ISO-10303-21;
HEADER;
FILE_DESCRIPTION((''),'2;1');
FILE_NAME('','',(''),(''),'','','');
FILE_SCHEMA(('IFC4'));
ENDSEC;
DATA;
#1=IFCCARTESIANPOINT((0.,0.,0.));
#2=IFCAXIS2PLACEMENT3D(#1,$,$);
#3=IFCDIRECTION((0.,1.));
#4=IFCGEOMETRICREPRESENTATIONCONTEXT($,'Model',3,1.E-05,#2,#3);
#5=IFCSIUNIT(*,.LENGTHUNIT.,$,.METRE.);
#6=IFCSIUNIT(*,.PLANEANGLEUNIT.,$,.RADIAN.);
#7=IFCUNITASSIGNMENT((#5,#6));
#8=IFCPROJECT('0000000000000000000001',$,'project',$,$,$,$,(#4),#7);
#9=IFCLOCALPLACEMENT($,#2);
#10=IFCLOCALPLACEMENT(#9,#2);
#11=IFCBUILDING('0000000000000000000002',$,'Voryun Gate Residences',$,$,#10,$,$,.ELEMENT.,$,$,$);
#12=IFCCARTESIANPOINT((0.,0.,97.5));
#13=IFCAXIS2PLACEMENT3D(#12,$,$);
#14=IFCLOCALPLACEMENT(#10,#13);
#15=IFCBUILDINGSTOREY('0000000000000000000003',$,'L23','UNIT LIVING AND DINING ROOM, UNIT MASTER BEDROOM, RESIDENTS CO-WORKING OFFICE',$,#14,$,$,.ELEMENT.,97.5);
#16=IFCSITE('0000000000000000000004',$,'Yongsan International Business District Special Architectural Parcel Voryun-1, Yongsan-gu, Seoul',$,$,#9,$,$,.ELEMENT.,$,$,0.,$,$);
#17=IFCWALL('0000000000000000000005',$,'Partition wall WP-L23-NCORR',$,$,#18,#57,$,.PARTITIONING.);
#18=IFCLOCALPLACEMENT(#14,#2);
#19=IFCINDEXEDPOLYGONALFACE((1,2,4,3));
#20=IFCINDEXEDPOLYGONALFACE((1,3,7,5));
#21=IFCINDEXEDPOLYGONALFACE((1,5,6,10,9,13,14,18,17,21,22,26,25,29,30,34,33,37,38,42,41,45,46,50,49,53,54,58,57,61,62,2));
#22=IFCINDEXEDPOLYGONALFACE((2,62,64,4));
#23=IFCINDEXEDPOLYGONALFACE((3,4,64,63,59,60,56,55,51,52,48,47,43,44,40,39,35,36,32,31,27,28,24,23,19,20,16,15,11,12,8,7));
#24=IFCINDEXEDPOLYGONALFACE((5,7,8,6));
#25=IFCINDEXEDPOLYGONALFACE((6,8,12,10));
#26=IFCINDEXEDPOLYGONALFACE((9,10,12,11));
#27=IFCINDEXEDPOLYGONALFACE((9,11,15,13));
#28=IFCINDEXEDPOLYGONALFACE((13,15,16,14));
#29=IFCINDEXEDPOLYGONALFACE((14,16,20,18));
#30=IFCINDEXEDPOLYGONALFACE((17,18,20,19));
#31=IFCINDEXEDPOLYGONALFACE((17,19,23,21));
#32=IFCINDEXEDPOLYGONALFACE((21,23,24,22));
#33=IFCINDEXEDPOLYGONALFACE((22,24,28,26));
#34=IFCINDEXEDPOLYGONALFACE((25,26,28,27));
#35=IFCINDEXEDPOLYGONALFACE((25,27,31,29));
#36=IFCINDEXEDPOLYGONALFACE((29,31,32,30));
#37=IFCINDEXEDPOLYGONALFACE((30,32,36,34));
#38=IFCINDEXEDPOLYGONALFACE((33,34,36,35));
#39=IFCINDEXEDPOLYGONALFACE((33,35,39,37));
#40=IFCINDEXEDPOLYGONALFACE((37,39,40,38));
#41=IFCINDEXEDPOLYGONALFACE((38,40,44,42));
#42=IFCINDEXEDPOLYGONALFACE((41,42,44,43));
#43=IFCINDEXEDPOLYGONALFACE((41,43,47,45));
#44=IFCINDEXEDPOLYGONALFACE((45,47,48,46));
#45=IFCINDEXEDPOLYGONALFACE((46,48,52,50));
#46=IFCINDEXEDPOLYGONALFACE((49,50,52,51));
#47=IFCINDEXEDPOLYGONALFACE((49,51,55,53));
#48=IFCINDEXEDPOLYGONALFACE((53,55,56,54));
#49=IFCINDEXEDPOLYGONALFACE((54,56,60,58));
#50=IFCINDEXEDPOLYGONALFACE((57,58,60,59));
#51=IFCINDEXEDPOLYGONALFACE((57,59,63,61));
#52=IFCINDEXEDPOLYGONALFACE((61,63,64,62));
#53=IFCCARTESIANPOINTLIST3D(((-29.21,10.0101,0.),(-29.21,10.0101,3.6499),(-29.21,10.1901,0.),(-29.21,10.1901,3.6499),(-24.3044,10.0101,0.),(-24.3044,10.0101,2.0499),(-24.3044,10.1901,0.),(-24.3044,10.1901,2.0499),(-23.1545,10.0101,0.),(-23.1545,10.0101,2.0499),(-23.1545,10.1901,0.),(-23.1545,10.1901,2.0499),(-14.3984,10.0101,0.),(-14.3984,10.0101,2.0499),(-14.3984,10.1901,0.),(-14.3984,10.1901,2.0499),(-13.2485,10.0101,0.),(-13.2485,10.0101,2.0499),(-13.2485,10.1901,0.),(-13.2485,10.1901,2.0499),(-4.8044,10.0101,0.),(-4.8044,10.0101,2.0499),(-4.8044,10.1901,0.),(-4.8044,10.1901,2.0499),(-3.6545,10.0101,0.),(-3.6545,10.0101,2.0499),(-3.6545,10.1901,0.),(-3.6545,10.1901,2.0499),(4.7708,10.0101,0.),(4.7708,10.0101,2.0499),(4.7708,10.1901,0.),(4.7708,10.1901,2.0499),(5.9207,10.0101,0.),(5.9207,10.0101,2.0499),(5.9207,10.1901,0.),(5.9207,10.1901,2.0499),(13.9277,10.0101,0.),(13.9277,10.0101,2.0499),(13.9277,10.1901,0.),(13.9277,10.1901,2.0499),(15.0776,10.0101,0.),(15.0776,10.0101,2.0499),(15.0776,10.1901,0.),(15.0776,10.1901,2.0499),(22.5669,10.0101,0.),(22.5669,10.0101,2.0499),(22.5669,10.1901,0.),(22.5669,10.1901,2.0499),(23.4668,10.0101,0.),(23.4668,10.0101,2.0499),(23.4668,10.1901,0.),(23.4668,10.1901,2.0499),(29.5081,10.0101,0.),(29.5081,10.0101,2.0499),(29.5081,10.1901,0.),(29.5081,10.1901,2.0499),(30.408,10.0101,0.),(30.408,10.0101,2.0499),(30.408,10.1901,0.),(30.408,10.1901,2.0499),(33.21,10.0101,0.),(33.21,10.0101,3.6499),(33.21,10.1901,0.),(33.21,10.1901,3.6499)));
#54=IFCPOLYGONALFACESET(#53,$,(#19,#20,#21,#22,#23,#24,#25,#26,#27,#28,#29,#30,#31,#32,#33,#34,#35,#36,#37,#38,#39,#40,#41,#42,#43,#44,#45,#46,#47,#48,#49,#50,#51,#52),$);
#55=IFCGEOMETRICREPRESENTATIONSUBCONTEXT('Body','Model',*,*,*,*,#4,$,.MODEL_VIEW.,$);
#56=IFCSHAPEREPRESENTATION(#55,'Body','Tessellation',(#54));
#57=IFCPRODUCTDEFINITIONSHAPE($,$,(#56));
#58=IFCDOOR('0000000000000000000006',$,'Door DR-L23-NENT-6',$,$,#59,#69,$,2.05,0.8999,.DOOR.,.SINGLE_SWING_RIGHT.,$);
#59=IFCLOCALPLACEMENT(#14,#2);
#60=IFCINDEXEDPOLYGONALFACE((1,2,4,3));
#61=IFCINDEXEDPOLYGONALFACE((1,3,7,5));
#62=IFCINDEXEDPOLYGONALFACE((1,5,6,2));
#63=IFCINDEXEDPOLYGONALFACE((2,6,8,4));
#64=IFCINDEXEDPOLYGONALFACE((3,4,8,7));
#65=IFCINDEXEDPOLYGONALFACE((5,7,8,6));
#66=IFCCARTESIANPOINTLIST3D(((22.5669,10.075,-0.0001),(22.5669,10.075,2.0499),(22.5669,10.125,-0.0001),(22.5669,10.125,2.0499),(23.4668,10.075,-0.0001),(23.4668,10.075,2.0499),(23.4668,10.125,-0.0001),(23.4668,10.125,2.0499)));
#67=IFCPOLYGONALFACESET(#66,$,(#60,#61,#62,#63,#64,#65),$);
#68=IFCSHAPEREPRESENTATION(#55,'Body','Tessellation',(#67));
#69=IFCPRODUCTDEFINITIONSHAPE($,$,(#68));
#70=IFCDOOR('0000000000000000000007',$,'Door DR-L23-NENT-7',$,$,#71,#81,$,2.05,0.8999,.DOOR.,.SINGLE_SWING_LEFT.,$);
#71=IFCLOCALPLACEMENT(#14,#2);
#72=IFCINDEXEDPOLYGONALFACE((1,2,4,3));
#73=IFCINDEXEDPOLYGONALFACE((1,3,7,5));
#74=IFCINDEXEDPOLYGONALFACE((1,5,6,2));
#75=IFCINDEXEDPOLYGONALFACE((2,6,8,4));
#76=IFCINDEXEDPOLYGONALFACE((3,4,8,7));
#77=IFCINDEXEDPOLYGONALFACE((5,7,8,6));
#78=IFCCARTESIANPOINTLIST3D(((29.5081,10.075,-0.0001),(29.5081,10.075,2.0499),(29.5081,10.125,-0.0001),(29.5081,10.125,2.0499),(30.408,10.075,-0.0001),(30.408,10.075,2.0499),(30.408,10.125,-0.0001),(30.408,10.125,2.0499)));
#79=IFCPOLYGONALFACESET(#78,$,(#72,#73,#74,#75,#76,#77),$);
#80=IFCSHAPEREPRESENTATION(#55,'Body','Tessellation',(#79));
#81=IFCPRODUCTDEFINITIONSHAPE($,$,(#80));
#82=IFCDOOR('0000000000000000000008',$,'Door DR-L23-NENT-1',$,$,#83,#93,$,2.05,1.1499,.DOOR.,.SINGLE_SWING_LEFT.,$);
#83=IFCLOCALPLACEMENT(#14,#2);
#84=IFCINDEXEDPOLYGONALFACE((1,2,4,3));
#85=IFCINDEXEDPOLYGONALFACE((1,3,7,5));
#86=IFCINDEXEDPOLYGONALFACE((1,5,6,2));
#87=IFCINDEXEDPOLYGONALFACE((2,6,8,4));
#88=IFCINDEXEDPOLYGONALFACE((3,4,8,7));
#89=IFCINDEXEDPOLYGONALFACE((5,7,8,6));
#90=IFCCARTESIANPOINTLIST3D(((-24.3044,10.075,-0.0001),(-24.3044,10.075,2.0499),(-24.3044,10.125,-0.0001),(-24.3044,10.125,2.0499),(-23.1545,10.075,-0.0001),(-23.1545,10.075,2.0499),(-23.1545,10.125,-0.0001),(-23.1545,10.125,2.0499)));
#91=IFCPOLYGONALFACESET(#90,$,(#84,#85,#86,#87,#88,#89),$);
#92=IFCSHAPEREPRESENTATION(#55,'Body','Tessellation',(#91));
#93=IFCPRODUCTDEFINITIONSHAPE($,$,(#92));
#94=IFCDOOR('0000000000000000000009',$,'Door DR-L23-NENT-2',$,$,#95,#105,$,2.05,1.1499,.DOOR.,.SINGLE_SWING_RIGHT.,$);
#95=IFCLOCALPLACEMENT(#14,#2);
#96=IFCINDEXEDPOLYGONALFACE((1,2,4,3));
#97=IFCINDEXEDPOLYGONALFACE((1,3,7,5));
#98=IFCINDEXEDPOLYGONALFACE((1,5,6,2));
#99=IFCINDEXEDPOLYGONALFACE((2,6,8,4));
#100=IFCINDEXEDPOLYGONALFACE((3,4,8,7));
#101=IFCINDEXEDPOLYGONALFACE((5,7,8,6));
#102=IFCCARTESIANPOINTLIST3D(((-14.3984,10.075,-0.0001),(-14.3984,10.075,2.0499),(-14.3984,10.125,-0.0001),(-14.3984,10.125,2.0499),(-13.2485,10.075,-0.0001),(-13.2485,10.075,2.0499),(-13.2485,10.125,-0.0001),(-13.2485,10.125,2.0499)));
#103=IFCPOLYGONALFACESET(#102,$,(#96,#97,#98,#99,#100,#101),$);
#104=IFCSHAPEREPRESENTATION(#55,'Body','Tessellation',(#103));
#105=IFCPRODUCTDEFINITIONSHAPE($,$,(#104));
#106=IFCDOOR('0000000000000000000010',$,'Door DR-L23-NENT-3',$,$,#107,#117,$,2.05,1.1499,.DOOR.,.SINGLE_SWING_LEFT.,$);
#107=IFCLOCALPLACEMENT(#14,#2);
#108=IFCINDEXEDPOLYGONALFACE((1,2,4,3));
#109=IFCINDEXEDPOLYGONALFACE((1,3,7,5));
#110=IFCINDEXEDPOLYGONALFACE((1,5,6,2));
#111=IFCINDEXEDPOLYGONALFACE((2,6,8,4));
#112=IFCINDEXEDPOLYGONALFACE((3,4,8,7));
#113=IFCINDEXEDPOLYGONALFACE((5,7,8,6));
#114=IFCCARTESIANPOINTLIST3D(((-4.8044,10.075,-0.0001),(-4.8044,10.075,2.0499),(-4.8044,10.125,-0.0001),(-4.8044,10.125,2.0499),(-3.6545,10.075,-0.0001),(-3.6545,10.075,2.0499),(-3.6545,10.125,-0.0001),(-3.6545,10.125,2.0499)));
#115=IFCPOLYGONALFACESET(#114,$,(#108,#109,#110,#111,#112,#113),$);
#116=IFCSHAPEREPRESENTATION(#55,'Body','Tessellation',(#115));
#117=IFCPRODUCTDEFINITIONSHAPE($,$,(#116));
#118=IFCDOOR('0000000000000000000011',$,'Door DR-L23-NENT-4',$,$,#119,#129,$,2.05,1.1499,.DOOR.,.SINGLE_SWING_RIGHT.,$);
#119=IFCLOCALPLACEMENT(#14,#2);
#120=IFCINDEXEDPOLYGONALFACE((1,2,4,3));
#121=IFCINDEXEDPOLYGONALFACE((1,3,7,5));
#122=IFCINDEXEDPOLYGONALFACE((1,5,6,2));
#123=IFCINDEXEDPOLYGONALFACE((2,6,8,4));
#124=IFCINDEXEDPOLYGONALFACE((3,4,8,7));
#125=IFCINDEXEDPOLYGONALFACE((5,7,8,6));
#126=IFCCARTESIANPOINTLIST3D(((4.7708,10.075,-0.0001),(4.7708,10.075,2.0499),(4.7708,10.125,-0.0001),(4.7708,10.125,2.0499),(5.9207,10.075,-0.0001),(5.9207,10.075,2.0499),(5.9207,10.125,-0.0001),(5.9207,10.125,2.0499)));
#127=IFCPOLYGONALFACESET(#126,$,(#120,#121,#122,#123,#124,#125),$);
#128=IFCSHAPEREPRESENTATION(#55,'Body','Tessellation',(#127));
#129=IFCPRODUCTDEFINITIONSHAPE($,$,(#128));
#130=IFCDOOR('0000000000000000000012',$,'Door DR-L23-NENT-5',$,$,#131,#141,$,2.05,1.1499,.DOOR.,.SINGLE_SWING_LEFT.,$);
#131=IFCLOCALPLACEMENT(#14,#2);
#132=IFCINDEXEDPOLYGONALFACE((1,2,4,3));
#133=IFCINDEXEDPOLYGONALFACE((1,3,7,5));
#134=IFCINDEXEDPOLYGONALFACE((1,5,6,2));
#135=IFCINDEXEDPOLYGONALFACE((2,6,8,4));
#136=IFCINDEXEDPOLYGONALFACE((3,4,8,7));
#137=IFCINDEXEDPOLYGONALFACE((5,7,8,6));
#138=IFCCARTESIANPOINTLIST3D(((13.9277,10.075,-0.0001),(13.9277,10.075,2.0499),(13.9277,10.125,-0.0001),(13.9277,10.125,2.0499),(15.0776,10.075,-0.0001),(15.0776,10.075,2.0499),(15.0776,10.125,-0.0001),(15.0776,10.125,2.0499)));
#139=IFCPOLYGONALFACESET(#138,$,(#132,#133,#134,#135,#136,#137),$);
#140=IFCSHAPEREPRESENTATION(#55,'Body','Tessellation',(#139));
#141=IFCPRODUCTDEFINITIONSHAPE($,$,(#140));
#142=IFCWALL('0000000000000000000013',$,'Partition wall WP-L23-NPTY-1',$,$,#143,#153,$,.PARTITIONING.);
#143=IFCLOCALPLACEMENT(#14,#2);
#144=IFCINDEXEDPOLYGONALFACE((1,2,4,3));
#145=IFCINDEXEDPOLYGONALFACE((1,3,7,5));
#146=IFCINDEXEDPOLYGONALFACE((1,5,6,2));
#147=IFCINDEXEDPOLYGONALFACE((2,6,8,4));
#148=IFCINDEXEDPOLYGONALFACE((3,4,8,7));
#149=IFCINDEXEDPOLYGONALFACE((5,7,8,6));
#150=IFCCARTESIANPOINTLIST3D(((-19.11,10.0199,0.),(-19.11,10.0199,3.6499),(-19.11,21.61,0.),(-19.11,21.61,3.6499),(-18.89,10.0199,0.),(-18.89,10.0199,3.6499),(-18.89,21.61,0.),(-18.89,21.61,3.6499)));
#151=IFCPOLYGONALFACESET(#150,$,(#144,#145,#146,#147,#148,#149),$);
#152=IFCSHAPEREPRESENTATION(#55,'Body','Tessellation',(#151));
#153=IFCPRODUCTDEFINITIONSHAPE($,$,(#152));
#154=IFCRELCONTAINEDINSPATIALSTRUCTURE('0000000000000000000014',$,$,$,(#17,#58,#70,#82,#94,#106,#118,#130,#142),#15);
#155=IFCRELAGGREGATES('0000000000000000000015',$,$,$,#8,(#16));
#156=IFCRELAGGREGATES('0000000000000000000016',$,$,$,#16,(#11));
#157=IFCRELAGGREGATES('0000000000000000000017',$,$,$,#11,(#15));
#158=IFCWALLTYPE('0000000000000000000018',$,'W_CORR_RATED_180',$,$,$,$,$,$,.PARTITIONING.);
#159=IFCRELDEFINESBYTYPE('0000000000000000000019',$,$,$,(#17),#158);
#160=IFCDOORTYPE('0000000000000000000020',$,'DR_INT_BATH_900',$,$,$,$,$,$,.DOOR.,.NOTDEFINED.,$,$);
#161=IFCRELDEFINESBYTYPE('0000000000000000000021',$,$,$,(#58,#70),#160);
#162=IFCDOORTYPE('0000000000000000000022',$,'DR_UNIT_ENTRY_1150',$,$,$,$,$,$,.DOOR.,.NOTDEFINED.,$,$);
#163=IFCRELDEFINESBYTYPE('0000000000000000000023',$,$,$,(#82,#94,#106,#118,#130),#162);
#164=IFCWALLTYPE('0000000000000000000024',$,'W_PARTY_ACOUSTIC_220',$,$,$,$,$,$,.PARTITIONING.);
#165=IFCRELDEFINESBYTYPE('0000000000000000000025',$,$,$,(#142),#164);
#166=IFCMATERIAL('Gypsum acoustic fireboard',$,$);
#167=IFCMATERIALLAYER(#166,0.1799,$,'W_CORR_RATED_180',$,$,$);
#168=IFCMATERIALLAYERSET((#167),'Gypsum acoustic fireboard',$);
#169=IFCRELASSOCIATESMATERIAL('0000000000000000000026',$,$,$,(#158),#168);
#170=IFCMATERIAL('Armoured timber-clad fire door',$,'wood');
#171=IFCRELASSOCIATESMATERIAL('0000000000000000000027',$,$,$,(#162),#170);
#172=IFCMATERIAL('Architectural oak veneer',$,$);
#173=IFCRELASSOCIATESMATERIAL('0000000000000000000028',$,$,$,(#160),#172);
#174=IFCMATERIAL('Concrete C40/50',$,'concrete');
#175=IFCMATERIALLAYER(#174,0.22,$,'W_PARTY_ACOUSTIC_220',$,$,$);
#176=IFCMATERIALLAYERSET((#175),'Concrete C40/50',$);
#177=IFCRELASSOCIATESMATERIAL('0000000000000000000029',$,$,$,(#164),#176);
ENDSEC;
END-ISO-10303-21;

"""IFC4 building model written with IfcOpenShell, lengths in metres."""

from ifc_helpers import new_model, si_unit, direction, frame, frame_2d, origin, place, context, subcontext, project, spatial, rectangle, extrude, material, layer, layer_set, type_object, element, fill, save


model = new_model("IFC4")

# Units and contexts
model_context = context("Model", 3, precision=1e-05, world=origin(), true_north=direction((0.0, 1.0)))
body_context = subcontext(model_context, "Body", "Model", "MODEL_VIEW")
ifc_project = project(units=[si_unit("LENGTHUNIT", "METRE"), si_unit("PLANEANGLEUNIT", "RADIAN")], contexts=[model_context])

# Site, building, storey
site_placement = place(None, origin())
site = spatial("IfcSite", under=ifc_project, at=site_placement, Name="Yongsan International Business District Special Architectural Parcel Voryun-1, Yongsan-gu, Seoul", CompositionType="ELEMENT", RefElevation=0.0)
building_placement = place(site_placement, origin())
building = spatial("IfcBuilding", under=site, at=building_placement, Name="Voryun Gate Residences", CompositionType="ELEMENT")
storey_placement = place(building_placement, frame((0.0, 0.0, 97.5)))
storey = spatial("IfcBuildingStorey", under=building, at=storey_placement, Name="L23", Description="UNIT LIVING AND DINING ROOM, UNIT MASTER BEDROOM, RESIDENTS CO-WORKING OFFICE", CompositionType="ELEMENT", Elevation=97.5)

# Shared definitions
ifc_material_1 = material(Name="Gypsum acoustic fireboard")
ifc_layer_1 = layer(ifc_material_1, 0.1799, Name="W_CORR_RATED_180")
ifc_layer_set_1 = layer_set([ifc_layer_1], Name="Gypsum acoustic fireboard")
wall_type_1 = type_object("IfcWallType", Name="W_CORR_RATED_180", PredefinedType="PARTITIONING", material=ifc_layer_set_1)
ifc_material_2 = material(Name="Armoured timber-clad fire door", Category="wood")
door_type_1 = type_object("IfcDoorType", Name="DR_UNIT_ENTRY_1150", OperationType="NOTDEFINED", PredefinedType="DOOR", material=ifc_material_2)

# Wall, openings, doors
wall_1_placement = place(storey_placement, frame((-29.21, 10.1001, 0.0), z_axis=(0.0, 0.0, 1.0), x_axis=(1.0, 0.0, 0.0)))
wall_1 = element("IfcWall", 1, at=wall_1_placement, inside=storey, type_object=wall_type_1, Name="Partition wall WP-L23-NCORR", PredefinedType="PARTITIONING", context=body_context, shape_type="SweptSolid", body=[
    extrude(rectangle(XDim=62.4199, YDim=0.1799, at=frame_2d((31.21, 0.0))), origin(), (0.0, 0.0, 1.0), 3.6499),
])
opening_1_placement = place(wall_1_placement, frame((4.9055, 0.0, 0.0)))
opening_1 = element("IfcOpeningElement", 2, at=opening_1_placement, cuts=wall_1, PredefinedType="OPENING", context=body_context, shape_type="SweptSolid", body=[
    extrude(rectangle(XDim=1.1499, YDim=2.05, at=frame_2d((0.575, 1.0249))), frame((0.0, 0.0999, 0.0), z_axis=(0.0, -1.0, 0.0), x_axis=(1.0, 0.0, 0.0)), (0.0, 0.0, 1.0), 0.2),
])
opening_2_placement = place(wall_1_placement, frame((14.8115, 0.0, 0.0)))
opening_2 = element("IfcOpeningElement", 3, at=opening_2_placement, cuts=wall_1, PredefinedType="OPENING", context=body_context, shape_type="SweptSolid", body=[
    extrude(rectangle(XDim=1.1499, YDim=2.05, at=frame_2d((0.575, 1.0249))), frame((0.0, 0.0999, 0.0), z_axis=(0.0, -1.0, 0.0), x_axis=(1.0, 0.0, 0.0)), (0.0, 0.0, 1.0), 0.2),
])
opening_3_placement = place(wall_1_placement, frame((24.4055, 0.0, 0.0)))
opening_3 = element("IfcOpeningElement", 4, at=opening_3_placement, cuts=wall_1, PredefinedType="OPENING", context=body_context, shape_type="SweptSolid", body=[
    extrude(rectangle(XDim=1.1499, YDim=2.05, at=frame_2d((0.575, 1.0249))), frame((0.0, 0.0999, 0.0), z_axis=(0.0, -1.0, 0.0), x_axis=(1.0, 0.0, 0.0)), (0.0, 0.0, 1.0), 0.2),
])
opening_4_placement = place(wall_1_placement, frame((33.9807, 0.0, 0.0)))
opening_4 = element("IfcOpeningElement", 5, at=opening_4_placement, cuts=wall_1, PredefinedType="OPENING", context=body_context, shape_type="SweptSolid", body=[
    extrude(rectangle(XDim=1.1499, YDim=2.05, at=frame_2d((0.575, 1.0249))), frame((0.0, 0.0999, 0.0), z_axis=(0.0, -1.0, 0.0), x_axis=(1.0, 0.0, 0.0)), (0.0, 0.0, 1.0), 0.2),
])
opening_5_placement = place(wall_1_placement, frame((43.1377, 0.0, 0.0)))
opening_5 = element("IfcOpeningElement", 6, at=opening_5_placement, cuts=wall_1, PredefinedType="OPENING", context=body_context, shape_type="SweptSolid", body=[
    extrude(rectangle(XDim=1.1499, YDim=2.05, at=frame_2d((0.575, 1.0249))), frame((0.0, 0.0999, 0.0), z_axis=(0.0, -1.0, 0.0), x_axis=(1.0, 0.0, 0.0)), (0.0, 0.0, 1.0), 0.2),
])
opening_6_placement = place(wall_1_placement, frame((51.7769, 0.0, 0.0)))
opening_6 = element("IfcOpeningElement", 7, at=opening_6_placement, cuts=wall_1, PredefinedType="OPENING", context=body_context, shape_type="SweptSolid", body=[
    extrude(rectangle(XDim=0.8999, YDim=2.05, at=frame_2d((0.45, 1.0249))), frame((0.0, 0.0999, 0.0), z_axis=(0.0, -1.0, 0.0), x_axis=(1.0, 0.0, 0.0)), (0.0, 0.0, 1.0), 0.2),
])
opening_7_placement = place(wall_1_placement, frame((58.718, 0.0, 0.0)))
opening_7 = element("IfcOpeningElement", 8, at=opening_7_placement, cuts=wall_1, PredefinedType="OPENING", context=body_context, shape_type="SweptSolid", body=[
    extrude(rectangle(XDim=0.8999, YDim=2.05, at=frame_2d((0.45, 1.0249))), frame((0.0, 0.0999, 0.0), z_axis=(0.0, -1.0, 0.0), x_axis=(1.0, 0.0, 0.0)), (0.0, 0.0, 1.0), 0.2),
])
ifc_material_3 = material(Name="Architectural oak veneer")
door_type_2 = type_object("IfcDoorType", Name="DR_INT_BATH_900", OperationType="NOTDEFINED", PredefinedType="DOOR", material=ifc_material_3)
door_1_placement = place(opening_6_placement, origin())
door_1 = element("IfcDoor", 9, at=door_1_placement, inside=storey, type_object=door_type_2, Name="Door DR-L23-NENT-6", OperationType="SINGLE_SWING_RIGHT", OverallHeight=2.05, OverallWidth=0.8999, PredefinedType="DOOR", context=body_context, shape_type="SweptSolid", body=[
    extrude(rectangle(XDim=0.8999, YDim=2.05, at=frame_2d((0.45, 1.0249))), frame((0.0, 0.0249, 0.0), z_axis=(0.0, -1.0, 0.0), x_axis=(1.0, 0.0, 0.0)), (0.0, 0.0, 1.0), 0.05),
])
fill(opening_6, door_1)
door_2_placement = place(opening_7_placement, origin())
door_2 = element("IfcDoor", 10, at=door_2_placement, inside=storey, type_object=door_type_2, Name="Door DR-L23-NENT-7", OperationType="SINGLE_SWING_LEFT", OverallHeight=2.05, OverallWidth=0.8999, PredefinedType="DOOR", context=body_context, shape_type="SweptSolid", body=[
    extrude(rectangle(XDim=0.8999, YDim=2.05, at=frame_2d((0.45, 1.0249))), frame((0.0, 0.0249, 0.0), z_axis=(0.0, -1.0, 0.0), x_axis=(1.0, 0.0, 0.0)), (0.0, 0.0, 1.0), 0.05),
])
fill(opening_7, door_2)
door_3_placement = place(opening_1_placement, origin())
door_3 = element("IfcDoor", 11, at=door_3_placement, inside=storey, type_object=door_type_1, Name="Door DR-L23-NENT-1", OperationType="SINGLE_SWING_LEFT", OverallHeight=2.05, OverallWidth=1.1499, PredefinedType="DOOR", context=body_context, shape_type="SweptSolid", body=[
    extrude(rectangle(XDim=1.1499, YDim=2.05, at=frame_2d((0.575, 1.0249))), frame((0.0, 0.0249, 0.0), z_axis=(0.0, -1.0, 0.0), x_axis=(1.0, 0.0, 0.0)), (0.0, 0.0, 1.0), 0.05),
])
fill(opening_1, door_3)
door_4_placement = place(opening_2_placement, origin())
door_4 = element("IfcDoor", 12, at=door_4_placement, inside=storey, type_object=door_type_1, Name="Door DR-L23-NENT-2", OperationType="SINGLE_SWING_RIGHT", OverallHeight=2.05, OverallWidth=1.1499, PredefinedType="DOOR", context=body_context, shape_type="SweptSolid", body=[
    extrude(rectangle(XDim=1.1499, YDim=2.05, at=frame_2d((0.575, 1.0249))), frame((0.0, 0.0249, 0.0), z_axis=(0.0, -1.0, 0.0), x_axis=(1.0, 0.0, 0.0)), (0.0, 0.0, 1.0), 0.05),
])
fill(opening_2, door_4)
door_5_placement = place(opening_3_placement, origin())
door_5 = element("IfcDoor", 13, at=door_5_placement, inside=storey, type_object=door_type_1, Name="Door DR-L23-NENT-3", OperationType="SINGLE_SWING_LEFT", OverallHeight=2.05, OverallWidth=1.1499, PredefinedType="DOOR", context=body_context, shape_type="SweptSolid", body=[
    extrude(rectangle(XDim=1.1499, YDim=2.05, at=frame_2d((0.575, 1.0249))), frame((0.0, 0.0249, 0.0), z_axis=(0.0, -1.0, 0.0), x_axis=(1.0, 0.0, 0.0)), (0.0, 0.0, 1.0), 0.05),
])
fill(opening_3, door_5)
door_6_placement = place(opening_4_placement, origin())
door_6 = element("IfcDoor", 14, at=door_6_placement, inside=storey, type_object=door_type_1, Name="Door DR-L23-NENT-4", OperationType="SINGLE_SWING_RIGHT", OverallHeight=2.05, OverallWidth=1.1499, PredefinedType="DOOR", context=body_context, shape_type="SweptSolid", body=[
    extrude(rectangle(XDim=1.1499, YDim=2.05, at=frame_2d((0.575, 1.0249))), frame((0.0, 0.0249, 0.0), z_axis=(0.0, -1.0, 0.0), x_axis=(1.0, 0.0, 0.0)), (0.0, 0.0, 1.0), 0.05),
])
fill(opening_4, door_6)
door_7_placement = place(opening_5_placement, origin())
door_7 = element("IfcDoor", 15, at=door_7_placement, inside=storey, type_object=door_type_1, Name="Door DR-L23-NENT-5", OperationType="SINGLE_SWING_LEFT", OverallHeight=2.05, OverallWidth=1.1499, PredefinedType="DOOR", context=body_context, shape_type="SweptSolid", body=[
    extrude(rectangle(XDim=1.1499, YDim=2.05, at=frame_2d((0.575, 1.0249))), frame((0.0, 0.0249, 0.0), z_axis=(0.0, -1.0, 0.0), x_axis=(1.0, 0.0, 0.0)), (0.0, 0.0, 1.0), 0.05),
])
fill(opening_5, door_7)

# Wall
ifc_material_4 = material(Name="Concrete C40/50", Category="concrete")
ifc_layer_2 = layer(ifc_material_4, 0.22, Name="W_PARTY_ACOUSTIC_220")
ifc_layer_set_2 = layer_set([ifc_layer_2], Name="Concrete C40/50")
wall_type_2 = type_object("IfcWallType", Name="W_PARTY_ACOUSTIC_220", PredefinedType="PARTITIONING", material=ifc_layer_set_2)
wall_2_placement = place(storey_placement, frame((-19.0, 10.02, 0.0), z_axis=(0.0, 0.0, 1.0), x_axis=(0.0, 1.0, 0.0)))
element("IfcWall", 16, at=wall_2_placement, inside=storey, type_object=wall_type_2, Name="Partition wall WP-L23-NPTY-1", PredefinedType="PARTITIONING", context=body_context, shape_type="SweptSolid", body=[
    extrude(rectangle(XDim=11.5901, YDim=0.22, at=frame_2d((5.7949, 0.0))), origin(), (0.0, 0.0, 1.0), 3.6499),
])

save(model, "model.ifc")
